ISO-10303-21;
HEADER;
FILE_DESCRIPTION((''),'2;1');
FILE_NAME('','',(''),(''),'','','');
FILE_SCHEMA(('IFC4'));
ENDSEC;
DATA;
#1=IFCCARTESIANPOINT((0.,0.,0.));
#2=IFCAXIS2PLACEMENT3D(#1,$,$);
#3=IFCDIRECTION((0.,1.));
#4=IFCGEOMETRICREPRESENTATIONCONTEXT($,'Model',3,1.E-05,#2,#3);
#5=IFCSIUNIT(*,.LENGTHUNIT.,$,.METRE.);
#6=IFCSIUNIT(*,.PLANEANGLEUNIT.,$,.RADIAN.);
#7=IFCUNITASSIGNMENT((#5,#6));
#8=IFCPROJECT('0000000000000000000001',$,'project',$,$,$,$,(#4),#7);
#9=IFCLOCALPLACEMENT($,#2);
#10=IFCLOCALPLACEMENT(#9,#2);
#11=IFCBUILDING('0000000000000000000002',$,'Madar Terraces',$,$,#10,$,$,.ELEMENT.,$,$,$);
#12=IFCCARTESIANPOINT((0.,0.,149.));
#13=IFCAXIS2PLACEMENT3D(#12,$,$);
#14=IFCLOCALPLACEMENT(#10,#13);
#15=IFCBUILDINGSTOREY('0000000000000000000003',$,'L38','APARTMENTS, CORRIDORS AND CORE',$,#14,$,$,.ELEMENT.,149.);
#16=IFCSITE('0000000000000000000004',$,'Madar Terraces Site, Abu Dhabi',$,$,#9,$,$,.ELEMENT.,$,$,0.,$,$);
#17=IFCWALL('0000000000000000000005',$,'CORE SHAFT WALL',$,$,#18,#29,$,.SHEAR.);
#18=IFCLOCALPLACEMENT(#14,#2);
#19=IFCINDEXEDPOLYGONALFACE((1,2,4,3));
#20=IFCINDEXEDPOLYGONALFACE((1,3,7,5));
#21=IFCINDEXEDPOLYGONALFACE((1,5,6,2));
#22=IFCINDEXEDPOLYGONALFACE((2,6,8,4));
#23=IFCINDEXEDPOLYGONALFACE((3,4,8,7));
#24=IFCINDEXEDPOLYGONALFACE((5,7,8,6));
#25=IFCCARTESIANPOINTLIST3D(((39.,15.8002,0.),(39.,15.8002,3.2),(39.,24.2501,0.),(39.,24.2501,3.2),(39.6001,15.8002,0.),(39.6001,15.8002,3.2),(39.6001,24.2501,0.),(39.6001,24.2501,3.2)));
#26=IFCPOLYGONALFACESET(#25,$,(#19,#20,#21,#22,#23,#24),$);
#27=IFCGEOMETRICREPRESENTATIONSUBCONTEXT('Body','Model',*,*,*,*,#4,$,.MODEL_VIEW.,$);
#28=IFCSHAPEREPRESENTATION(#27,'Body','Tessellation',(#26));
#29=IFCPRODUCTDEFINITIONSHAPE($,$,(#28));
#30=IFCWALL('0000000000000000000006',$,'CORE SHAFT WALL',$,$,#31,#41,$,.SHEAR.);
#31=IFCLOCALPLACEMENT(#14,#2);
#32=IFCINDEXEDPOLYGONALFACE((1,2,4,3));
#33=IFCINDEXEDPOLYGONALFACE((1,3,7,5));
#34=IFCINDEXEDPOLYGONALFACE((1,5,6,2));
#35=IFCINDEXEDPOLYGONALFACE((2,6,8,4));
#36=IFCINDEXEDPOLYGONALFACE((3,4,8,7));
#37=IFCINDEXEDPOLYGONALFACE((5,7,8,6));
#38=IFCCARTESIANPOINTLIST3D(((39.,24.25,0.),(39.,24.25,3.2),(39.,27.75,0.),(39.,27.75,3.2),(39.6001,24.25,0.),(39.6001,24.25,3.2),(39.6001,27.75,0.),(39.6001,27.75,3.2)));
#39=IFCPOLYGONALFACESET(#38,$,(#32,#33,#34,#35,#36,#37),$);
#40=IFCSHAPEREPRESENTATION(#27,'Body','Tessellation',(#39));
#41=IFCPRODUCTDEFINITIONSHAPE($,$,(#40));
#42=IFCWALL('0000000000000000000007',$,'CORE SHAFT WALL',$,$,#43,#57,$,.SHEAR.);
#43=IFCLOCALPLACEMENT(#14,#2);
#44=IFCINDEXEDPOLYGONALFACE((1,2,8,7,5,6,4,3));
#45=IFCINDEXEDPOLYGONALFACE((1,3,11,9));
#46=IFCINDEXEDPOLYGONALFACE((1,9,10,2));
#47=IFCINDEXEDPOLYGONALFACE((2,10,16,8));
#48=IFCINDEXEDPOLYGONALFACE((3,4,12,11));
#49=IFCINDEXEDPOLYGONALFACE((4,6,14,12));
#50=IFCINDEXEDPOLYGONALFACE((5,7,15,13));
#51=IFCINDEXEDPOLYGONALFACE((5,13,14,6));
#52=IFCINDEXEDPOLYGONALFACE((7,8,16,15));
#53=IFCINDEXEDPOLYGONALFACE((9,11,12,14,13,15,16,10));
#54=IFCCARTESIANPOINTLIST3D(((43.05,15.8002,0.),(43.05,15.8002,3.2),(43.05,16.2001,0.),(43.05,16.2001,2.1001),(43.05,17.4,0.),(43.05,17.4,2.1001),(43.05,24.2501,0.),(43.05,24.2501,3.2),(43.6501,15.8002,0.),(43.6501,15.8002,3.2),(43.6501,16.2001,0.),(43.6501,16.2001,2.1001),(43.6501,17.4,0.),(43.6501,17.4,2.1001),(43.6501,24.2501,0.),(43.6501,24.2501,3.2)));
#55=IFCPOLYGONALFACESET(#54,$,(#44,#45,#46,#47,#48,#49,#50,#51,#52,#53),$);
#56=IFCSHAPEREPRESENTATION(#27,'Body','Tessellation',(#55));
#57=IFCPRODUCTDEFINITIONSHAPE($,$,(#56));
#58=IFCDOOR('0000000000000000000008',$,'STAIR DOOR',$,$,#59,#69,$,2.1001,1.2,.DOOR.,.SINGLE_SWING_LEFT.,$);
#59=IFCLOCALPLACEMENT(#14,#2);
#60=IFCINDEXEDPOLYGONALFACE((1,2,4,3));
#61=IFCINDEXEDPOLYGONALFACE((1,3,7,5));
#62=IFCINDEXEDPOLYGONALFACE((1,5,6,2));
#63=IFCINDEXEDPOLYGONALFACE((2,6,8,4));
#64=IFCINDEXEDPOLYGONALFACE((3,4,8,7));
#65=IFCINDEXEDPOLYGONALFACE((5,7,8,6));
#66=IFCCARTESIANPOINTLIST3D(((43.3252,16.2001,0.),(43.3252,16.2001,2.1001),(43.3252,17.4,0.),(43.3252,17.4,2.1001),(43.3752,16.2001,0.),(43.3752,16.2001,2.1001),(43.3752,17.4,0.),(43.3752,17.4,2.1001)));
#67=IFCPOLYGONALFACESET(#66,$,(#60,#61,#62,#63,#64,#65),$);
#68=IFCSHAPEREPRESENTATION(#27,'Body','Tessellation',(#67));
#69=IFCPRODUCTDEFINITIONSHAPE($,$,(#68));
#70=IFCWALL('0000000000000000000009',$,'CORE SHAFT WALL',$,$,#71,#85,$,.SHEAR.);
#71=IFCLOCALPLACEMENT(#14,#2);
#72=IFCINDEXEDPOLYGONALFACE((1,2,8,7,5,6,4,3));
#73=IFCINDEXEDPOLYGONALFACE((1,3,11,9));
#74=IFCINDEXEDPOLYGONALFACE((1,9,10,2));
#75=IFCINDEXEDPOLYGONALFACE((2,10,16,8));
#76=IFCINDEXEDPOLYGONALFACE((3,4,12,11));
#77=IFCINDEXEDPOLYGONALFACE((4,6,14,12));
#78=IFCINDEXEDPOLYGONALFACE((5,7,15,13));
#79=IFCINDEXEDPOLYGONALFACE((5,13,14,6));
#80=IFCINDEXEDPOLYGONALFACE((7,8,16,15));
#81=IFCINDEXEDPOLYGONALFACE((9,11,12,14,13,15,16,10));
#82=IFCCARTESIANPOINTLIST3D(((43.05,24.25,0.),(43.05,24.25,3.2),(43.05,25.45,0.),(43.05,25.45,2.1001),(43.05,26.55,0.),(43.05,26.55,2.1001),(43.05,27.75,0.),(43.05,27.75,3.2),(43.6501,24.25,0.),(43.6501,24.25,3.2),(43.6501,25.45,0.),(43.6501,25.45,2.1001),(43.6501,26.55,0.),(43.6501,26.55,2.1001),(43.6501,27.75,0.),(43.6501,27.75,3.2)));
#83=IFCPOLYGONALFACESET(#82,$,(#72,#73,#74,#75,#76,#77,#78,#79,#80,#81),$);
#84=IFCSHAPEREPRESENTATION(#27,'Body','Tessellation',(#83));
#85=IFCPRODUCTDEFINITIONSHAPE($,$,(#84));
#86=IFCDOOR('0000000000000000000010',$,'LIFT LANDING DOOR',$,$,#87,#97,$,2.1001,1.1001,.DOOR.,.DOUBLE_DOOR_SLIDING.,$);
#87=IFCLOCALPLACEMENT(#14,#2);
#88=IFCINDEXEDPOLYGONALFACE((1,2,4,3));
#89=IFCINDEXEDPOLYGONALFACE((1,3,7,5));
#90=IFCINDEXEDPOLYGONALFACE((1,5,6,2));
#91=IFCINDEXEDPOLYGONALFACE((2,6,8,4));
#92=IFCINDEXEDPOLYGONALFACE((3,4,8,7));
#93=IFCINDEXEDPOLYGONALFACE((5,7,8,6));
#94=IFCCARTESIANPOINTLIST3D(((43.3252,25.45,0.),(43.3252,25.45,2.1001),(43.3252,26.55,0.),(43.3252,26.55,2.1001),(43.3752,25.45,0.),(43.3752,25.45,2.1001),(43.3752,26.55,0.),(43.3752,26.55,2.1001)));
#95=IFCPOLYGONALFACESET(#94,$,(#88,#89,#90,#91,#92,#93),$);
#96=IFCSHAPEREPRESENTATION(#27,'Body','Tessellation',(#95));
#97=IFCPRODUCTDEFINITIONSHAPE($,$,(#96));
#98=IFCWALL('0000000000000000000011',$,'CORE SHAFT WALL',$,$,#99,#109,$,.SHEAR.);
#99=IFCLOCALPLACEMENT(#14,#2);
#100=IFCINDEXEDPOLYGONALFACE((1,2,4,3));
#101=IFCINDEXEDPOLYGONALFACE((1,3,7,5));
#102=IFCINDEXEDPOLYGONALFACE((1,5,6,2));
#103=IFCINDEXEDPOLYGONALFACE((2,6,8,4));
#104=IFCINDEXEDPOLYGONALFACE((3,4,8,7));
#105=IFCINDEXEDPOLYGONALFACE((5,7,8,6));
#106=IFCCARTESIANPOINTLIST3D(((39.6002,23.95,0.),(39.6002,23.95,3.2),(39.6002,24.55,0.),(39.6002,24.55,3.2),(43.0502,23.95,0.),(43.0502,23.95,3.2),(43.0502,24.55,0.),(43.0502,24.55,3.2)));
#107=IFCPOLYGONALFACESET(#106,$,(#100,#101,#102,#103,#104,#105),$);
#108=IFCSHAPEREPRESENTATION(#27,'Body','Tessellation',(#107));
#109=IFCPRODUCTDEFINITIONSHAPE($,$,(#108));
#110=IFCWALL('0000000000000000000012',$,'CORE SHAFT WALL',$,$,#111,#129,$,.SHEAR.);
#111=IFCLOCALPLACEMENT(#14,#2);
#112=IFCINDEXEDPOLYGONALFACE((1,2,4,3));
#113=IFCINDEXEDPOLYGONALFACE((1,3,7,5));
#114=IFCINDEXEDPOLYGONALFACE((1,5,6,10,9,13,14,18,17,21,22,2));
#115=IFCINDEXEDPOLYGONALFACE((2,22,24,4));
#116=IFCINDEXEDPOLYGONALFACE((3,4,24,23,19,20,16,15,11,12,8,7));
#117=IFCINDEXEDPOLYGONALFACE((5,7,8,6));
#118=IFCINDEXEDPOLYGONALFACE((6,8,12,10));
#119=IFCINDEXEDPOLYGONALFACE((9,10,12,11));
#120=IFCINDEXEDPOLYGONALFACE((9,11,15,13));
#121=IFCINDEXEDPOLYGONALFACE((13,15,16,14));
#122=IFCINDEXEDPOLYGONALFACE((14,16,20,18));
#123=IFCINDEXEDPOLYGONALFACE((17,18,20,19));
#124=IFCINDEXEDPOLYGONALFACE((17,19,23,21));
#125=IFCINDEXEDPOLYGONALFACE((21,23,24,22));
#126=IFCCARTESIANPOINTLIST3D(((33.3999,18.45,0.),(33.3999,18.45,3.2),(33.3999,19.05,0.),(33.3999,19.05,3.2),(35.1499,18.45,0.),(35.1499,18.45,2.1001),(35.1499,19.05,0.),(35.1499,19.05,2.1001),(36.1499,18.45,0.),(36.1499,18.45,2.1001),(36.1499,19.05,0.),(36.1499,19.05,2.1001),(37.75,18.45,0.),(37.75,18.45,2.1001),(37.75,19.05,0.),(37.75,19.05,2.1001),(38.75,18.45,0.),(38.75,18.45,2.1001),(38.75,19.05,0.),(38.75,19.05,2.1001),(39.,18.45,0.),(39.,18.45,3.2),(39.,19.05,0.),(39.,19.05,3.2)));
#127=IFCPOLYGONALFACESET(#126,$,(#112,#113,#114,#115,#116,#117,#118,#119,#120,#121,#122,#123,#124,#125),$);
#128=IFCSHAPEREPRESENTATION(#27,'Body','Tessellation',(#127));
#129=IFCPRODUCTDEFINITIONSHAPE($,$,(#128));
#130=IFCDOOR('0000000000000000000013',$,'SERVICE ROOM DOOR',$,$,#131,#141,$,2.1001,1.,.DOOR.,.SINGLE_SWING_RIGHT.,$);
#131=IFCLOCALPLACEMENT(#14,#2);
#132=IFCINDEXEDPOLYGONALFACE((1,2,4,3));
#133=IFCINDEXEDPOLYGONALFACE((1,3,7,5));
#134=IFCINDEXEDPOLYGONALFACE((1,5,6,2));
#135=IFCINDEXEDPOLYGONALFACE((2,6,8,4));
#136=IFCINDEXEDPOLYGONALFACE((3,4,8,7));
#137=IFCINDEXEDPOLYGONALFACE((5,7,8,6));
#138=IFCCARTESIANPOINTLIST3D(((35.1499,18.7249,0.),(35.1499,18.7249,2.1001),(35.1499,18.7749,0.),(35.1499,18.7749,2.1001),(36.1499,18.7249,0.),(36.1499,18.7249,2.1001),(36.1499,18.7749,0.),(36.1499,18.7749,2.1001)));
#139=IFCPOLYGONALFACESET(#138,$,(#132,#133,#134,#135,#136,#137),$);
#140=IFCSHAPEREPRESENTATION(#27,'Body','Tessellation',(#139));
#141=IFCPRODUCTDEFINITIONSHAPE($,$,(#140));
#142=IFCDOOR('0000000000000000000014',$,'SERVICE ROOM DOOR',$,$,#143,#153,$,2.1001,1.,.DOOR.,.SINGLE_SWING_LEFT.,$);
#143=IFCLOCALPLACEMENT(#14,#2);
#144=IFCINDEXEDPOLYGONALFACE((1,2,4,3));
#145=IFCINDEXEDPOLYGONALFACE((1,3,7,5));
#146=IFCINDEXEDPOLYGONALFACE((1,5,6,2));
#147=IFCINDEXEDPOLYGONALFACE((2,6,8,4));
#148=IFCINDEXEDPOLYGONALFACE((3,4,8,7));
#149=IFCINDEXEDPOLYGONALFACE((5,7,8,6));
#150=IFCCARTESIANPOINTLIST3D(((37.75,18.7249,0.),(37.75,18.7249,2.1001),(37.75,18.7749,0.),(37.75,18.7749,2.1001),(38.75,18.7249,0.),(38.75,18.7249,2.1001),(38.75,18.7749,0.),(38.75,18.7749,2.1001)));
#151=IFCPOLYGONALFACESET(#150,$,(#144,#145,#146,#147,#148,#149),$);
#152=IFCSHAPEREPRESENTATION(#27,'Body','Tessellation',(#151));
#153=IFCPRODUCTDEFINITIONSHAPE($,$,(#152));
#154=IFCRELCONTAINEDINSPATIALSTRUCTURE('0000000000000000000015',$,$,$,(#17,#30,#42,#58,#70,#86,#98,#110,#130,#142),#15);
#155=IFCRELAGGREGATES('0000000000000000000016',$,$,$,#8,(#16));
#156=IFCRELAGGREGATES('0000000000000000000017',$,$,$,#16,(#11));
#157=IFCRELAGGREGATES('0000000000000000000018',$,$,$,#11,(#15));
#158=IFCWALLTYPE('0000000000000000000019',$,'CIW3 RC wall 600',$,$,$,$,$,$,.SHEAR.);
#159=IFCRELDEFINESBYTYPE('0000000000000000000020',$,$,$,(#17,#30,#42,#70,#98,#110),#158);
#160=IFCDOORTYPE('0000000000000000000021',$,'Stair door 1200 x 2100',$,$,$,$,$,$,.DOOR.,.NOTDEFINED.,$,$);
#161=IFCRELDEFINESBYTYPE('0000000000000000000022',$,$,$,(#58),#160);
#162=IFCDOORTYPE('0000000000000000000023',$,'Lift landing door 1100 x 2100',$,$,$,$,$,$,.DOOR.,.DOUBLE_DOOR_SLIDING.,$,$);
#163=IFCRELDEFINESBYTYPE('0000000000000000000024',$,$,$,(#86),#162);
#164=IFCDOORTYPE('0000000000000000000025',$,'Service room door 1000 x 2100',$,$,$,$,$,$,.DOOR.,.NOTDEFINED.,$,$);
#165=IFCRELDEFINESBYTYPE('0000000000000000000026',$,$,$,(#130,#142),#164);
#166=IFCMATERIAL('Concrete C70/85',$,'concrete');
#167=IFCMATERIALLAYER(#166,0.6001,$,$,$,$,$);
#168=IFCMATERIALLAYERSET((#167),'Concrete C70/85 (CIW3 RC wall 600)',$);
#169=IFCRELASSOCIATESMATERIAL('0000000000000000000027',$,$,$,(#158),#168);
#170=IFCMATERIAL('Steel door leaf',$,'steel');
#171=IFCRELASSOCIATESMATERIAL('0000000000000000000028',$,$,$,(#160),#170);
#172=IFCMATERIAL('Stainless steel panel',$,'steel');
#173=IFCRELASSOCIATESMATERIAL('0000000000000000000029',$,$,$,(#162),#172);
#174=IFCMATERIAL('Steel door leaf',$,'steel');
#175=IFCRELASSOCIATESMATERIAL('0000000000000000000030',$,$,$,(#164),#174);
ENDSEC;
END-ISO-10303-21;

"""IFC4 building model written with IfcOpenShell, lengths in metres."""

from ifc_helpers import new_model, si_unit, direction, frame, frame_2d, origin, place, context, subcontext, project, spatial, rectangle, extrude, material, layer, layer_set, type_object, element, fill, save


model = new_model("IFC4")

# Units and contexts
model_context = context("Model", 3, precision=1e-05, world=origin(), true_north=direction((0.0, 1.0)))
body_context = subcontext(model_context, "Body", "Model", "MODEL_VIEW")
ifc_project = project(units=[si_unit("LENGTHUNIT", "METRE"), si_unit("PLANEANGLEUNIT", "RADIAN")], contexts=[model_context])

# Site, building, storey
site_placement = place(None, origin())
site = spatial("IfcSite", under=ifc_project, at=site_placement, Name="Madar Terraces Site, Abu Dhabi", CompositionType="ELEMENT", RefElevation=0.0)
building_placement = place(site_placement, origin())
building = spatial("IfcBuilding", under=site, at=building_placement, Name="Madar Terraces", CompositionType="ELEMENT")
storey_placement = place(building_placement, frame((0.0, 0.0, 149.0)))
storey = spatial("IfcBuildingStorey", under=building, at=storey_placement, Name="L38", Description="APARTMENTS, CORRIDORS AND CORE", CompositionType="ELEMENT", Elevation=149.0)

# Walls
ifc_material_1 = material(Name="Concrete C70/85", Category="concrete")
ifc_layer_1 = layer(ifc_material_1, 0.6001)
ifc_layer_set_1 = layer_set([ifc_layer_1], Name="Concrete C70/85 (CIW3 RC wall 600)")
wall_type_1 = type_object("IfcWallType", Name="CIW3 RC wall 600", PredefinedType="SHEAR", material=ifc_layer_set_1)
wall_1_placement = place(storey_placement, frame((39.3, 15.8, 0.0), z_axis=(0.0, 0.0, 1.0), x_axis=(0.0, 1.0, 0.0)))
element("IfcWall", 1, at=wall_1_placement, inside=storey, type_object=wall_type_1, Name="CORE SHAFT WALL", PredefinedType="SHEAR", context=body_context, shape_type="SweptSolid", body=[
    extrude(rectangle(XDim=8.45, YDim=0.6001, at=frame_2d((4.2251, 0.0))), origin(), (0.0, 0.0, 1.0), 3.2),
])
wall_2_placement = place(storey_placement, frame((39.3, 24.25, 0.0), z_axis=(0.0, 0.0, 1.0), x_axis=(0.0, 1.0, 0.0)))
element("IfcWall", 2, at=wall_2_placement, inside=storey, type_object=wall_type_1, Name="CORE SHAFT WALL", PredefinedType="SHEAR", context=body_context, shape_type="SweptSolid", body=[
    extrude(rectangle(XDim=3.5, YDim=0.6001, at=frame_2d((1.75, 0.0))), origin(), (0.0, 0.0, 1.0), 3.2),
])

# Walls, openings, doors
wall_3_placement = place(storey_placement, frame((43.3501, 15.8, 0.0), z_axis=(0.0, 0.0, 1.0), x_axis=(0.0, 1.0, 0.0)))
wall_3 = element("IfcWall", 3, at=wall_3_placement, inside=storey, type_object=wall_type_1, Name="CORE SHAFT WALL", PredefinedType="SHEAR", context=body_context, shape_type="SweptSolid", body=[
    extrude(rectangle(XDim=8.45, YDim=0.6001, at=frame_2d((4.2251, 0.0))), origin(), (0.0, 0.0, 1.0), 3.2),
])
opening_1_placement = place(wall_3_placement, frame((0.3999, 0.0, 0.0)))
opening_1 = element("IfcOpeningElement", 4, at=opening_1_placement, cuts=wall_3, PredefinedType="OPENING", context=body_context, shape_type="SweptSolid", body=[
    extrude(rectangle(XDim=1.2, YDim=2.1001, at=frame_2d((0.6001, 1.05))), frame((0.0, 0.3101, 0.0), z_axis=(0.0, -1.0, 0.0), x_axis=(1.0, 0.0, 0.0)), (0.0, 0.0, 1.0), 0.6201),
])
ifc_material_2 = material(Name="Steel door leaf", Category="steel")
door_type_1 = type_object("IfcDoorType", Name="Stair door 1200 x 2100", OperationType="NOTDEFINED", PredefinedType="DOOR", material=ifc_material_2)
door_1_placement = place(opening_1_placement, origin())
door_1 = element("IfcDoor", 5, at=door_1_placement, inside=storey, type_object=door_type_1, Name="STAIR DOOR", OperationType="SINGLE_SWING_LEFT", OverallHeight=2.1001, OverallWidth=1.2, PredefinedType="DOOR", context=body_context, shape_type="SweptSolid", body=[
    extrude(rectangle(XDim=1.2, YDim=2.1001, at=frame_2d((0.6001, 1.05))), frame((0.0, 0.0249, 0.0), z_axis=(0.0, -1.0, 0.0), x_axis=(1.0, 0.0, 0.0)), (0.0, 0.0, 1.0), 0.05),
])
fill(opening_1, door_1)
wall_4_placement = place(storey_placement, frame((43.3501, 24.25, 0.0), z_axis=(0.0, 0.0, 1.0), x_axis=(0.0, 1.0, 0.0)))
wall_4 = element("IfcWall", 6, at=wall_4_placement, inside=storey, type_object=wall_type_1, Name="CORE SHAFT WALL", PredefinedType="SHEAR", context=body_context, shape_type="SweptSolid", body=[
    extrude(rectangle(XDim=3.5, YDim=0.6001, at=frame_2d((1.75, 0.0))), origin(), (0.0, 0.0, 1.0), 3.2),
])
opening_2_placement = place(wall_4_placement, frame((1.2, 0.0, 0.0)))
opening_2 = element("IfcOpeningElement", 7, at=opening_2_placement, cuts=wall_4, PredefinedType="OPENING", context=body_context, shape_type="SweptSolid", body=[
    extrude(rectangle(XDim=1.1001, YDim=2.1001, at=frame_2d((0.55, 1.05))), frame((0.0, 0.3101, 0.0), z_axis=(0.0, -1.0, 0.0), x_axis=(1.0, 0.0, 0.0)), (0.0, 0.0, 1.0), 0.6201),
])
ifc_material_3 = material(Name="Stainless steel panel", Category="steel")
door_type_2 = type_object("IfcDoorType", Name="Lift landing door 1100 x 2100", OperationType="DOUBLE_DOOR_SLIDING", PredefinedType="DOOR", material=ifc_material_3)
door_2_placement = place(opening_2_placement, origin())
door_2 = element("IfcDoor", 8, at=door_2_placement, inside=storey, type_object=door_type_2, Name="LIFT LANDING DOOR", OperationType="DOUBLE_DOOR_SLIDING", OverallHeight=2.1001, OverallWidth=1.1001, PredefinedType="DOOR", context=body_context, shape_type="SweptSolid", body=[
    extrude(rectangle(XDim=1.1001, YDim=2.1001, at=frame_2d((0.55, 1.05))), frame((0.0, 0.0249, 0.0), z_axis=(0.0, -1.0, 0.0), x_axis=(1.0, 0.0, 0.0)), (0.0, 0.0, 1.0), 0.05),
])
fill(opening_2, door_2)

# Wall
wall_5_placement = place(storey_placement, frame((39.6001, 24.25, 0.0), z_axis=(0.0, 0.0, 1.0), x_axis=(1.0, 0.0, 0.0)))
element("IfcWall", 9, at=wall_5_placement, inside=storey, type_object=wall_type_1, Name="CORE SHAFT WALL", PredefinedType="SHEAR", context=body_context, shape_type="SweptSolid", body=[
    extrude(rectangle(XDim=3.45, YDim=0.6001, at=frame_2d((1.7251, 0.0))), origin(), (0.0, 0.0, 1.0), 3.2),
])

# Wall, openings, doors
wall_6_placement = place(storey_placement, frame((33.3999, 18.75, 0.0), z_axis=(0.0, 0.0, 1.0), x_axis=(1.0, 0.0, 0.0)))
wall_6 = element("IfcWall", 10, at=wall_6_placement, inside=storey, type_object=wall_type_1, Name="CORE SHAFT WALL", PredefinedType="SHEAR", context=body_context, shape_type="SweptSolid", body=[
    extrude(rectangle(XDim=5.6001, YDim=0.6001, at=frame_2d((2.8, 0.0))), origin(), (0.0, 0.0, 1.0), 3.2),
])
opening_3_placement = place(wall_6_placement, frame((1.75, 0.0, 0.0)))
opening_3 = element("IfcOpeningElement", 11, at=opening_3_placement, cuts=wall_6, PredefinedType="OPENING", context=body_context, shape_type="SweptSolid", body=[
    extrude(rectangle(XDim=1.0, YDim=2.1001, at=frame_2d((0.5, 1.05))), frame((0.0, 0.3101, 0.0), z_axis=(0.0, -1.0, 0.0), x_axis=(1.0, 0.0, 0.0)), (0.0, 0.0, 1.0), 0.6201),
])
opening_4_placement = place(wall_6_placement, frame((4.3501, 0.0, 0.0)))
opening_4 = element("IfcOpeningElement", 12, at=opening_4_placement, cuts=wall_6, PredefinedType="OPENING", context=body_context, shape_type="SweptSolid", body=[
    extrude(rectangle(XDim=1.0, YDim=2.1001, at=frame_2d((0.5, 1.05))), frame((0.0, 0.3101, 0.0), z_axis=(0.0, -1.0, 0.0), x_axis=(1.0, 0.0, 0.0)), (0.0, 0.0, 1.0), 0.6201),
])
ifc_material_4 = material(Name="Steel door leaf", Category="steel")
door_type_3 = type_object("IfcDoorType", Name="Service room door 1000 x 2100", OperationType="NOTDEFINED", PredefinedType="DOOR", material=ifc_material_4)
door_3_placement = place(opening_3_placement, origin())
door_3 = element("IfcDoor", 13, at=door_3_placement, inside=storey, type_object=door_type_3, Name="SERVICE ROOM DOOR", OperationType="SINGLE_SWING_RIGHT", OverallHeight=2.1001, OverallWidth=1.0, PredefinedType="DOOR", context=body_context, shape_type="SweptSolid", body=[
    extrude(rectangle(XDim=1.0, YDim=2.1001, at=frame_2d((0.5, 1.05))), frame((0.0, 0.0249, 0.0), z_axis=(0.0, -1.0, 0.0), x_axis=(1.0, 0.0, 0.0)), (0.0, 0.0, 1.0), 0.05),
])
fill(opening_3, door_3)
door_4_placement = place(opening_4_placement, origin())
door_4 = element("IfcDoor", 14, at=door_4_placement, inside=storey, type_object=door_type_3, Name="SERVICE ROOM DOOR", OperationType="SINGLE_SWING_LEFT", OverallHeight=2.1001, OverallWidth=1.0, PredefinedType="DOOR", context=body_context, shape_type="SweptSolid", body=[
    extrude(rectangle(XDim=1.0, YDim=2.1001, at=frame_2d((0.5, 1.05))), frame((0.0, 0.0249, 0.0), z_axis=(0.0, -1.0, 0.0), x_axis=(1.0, 0.0, 0.0)), (0.0, 0.0, 1.0), 0.05),
])
fill(opening_4, door_4)

save(model, "model.ifc")
